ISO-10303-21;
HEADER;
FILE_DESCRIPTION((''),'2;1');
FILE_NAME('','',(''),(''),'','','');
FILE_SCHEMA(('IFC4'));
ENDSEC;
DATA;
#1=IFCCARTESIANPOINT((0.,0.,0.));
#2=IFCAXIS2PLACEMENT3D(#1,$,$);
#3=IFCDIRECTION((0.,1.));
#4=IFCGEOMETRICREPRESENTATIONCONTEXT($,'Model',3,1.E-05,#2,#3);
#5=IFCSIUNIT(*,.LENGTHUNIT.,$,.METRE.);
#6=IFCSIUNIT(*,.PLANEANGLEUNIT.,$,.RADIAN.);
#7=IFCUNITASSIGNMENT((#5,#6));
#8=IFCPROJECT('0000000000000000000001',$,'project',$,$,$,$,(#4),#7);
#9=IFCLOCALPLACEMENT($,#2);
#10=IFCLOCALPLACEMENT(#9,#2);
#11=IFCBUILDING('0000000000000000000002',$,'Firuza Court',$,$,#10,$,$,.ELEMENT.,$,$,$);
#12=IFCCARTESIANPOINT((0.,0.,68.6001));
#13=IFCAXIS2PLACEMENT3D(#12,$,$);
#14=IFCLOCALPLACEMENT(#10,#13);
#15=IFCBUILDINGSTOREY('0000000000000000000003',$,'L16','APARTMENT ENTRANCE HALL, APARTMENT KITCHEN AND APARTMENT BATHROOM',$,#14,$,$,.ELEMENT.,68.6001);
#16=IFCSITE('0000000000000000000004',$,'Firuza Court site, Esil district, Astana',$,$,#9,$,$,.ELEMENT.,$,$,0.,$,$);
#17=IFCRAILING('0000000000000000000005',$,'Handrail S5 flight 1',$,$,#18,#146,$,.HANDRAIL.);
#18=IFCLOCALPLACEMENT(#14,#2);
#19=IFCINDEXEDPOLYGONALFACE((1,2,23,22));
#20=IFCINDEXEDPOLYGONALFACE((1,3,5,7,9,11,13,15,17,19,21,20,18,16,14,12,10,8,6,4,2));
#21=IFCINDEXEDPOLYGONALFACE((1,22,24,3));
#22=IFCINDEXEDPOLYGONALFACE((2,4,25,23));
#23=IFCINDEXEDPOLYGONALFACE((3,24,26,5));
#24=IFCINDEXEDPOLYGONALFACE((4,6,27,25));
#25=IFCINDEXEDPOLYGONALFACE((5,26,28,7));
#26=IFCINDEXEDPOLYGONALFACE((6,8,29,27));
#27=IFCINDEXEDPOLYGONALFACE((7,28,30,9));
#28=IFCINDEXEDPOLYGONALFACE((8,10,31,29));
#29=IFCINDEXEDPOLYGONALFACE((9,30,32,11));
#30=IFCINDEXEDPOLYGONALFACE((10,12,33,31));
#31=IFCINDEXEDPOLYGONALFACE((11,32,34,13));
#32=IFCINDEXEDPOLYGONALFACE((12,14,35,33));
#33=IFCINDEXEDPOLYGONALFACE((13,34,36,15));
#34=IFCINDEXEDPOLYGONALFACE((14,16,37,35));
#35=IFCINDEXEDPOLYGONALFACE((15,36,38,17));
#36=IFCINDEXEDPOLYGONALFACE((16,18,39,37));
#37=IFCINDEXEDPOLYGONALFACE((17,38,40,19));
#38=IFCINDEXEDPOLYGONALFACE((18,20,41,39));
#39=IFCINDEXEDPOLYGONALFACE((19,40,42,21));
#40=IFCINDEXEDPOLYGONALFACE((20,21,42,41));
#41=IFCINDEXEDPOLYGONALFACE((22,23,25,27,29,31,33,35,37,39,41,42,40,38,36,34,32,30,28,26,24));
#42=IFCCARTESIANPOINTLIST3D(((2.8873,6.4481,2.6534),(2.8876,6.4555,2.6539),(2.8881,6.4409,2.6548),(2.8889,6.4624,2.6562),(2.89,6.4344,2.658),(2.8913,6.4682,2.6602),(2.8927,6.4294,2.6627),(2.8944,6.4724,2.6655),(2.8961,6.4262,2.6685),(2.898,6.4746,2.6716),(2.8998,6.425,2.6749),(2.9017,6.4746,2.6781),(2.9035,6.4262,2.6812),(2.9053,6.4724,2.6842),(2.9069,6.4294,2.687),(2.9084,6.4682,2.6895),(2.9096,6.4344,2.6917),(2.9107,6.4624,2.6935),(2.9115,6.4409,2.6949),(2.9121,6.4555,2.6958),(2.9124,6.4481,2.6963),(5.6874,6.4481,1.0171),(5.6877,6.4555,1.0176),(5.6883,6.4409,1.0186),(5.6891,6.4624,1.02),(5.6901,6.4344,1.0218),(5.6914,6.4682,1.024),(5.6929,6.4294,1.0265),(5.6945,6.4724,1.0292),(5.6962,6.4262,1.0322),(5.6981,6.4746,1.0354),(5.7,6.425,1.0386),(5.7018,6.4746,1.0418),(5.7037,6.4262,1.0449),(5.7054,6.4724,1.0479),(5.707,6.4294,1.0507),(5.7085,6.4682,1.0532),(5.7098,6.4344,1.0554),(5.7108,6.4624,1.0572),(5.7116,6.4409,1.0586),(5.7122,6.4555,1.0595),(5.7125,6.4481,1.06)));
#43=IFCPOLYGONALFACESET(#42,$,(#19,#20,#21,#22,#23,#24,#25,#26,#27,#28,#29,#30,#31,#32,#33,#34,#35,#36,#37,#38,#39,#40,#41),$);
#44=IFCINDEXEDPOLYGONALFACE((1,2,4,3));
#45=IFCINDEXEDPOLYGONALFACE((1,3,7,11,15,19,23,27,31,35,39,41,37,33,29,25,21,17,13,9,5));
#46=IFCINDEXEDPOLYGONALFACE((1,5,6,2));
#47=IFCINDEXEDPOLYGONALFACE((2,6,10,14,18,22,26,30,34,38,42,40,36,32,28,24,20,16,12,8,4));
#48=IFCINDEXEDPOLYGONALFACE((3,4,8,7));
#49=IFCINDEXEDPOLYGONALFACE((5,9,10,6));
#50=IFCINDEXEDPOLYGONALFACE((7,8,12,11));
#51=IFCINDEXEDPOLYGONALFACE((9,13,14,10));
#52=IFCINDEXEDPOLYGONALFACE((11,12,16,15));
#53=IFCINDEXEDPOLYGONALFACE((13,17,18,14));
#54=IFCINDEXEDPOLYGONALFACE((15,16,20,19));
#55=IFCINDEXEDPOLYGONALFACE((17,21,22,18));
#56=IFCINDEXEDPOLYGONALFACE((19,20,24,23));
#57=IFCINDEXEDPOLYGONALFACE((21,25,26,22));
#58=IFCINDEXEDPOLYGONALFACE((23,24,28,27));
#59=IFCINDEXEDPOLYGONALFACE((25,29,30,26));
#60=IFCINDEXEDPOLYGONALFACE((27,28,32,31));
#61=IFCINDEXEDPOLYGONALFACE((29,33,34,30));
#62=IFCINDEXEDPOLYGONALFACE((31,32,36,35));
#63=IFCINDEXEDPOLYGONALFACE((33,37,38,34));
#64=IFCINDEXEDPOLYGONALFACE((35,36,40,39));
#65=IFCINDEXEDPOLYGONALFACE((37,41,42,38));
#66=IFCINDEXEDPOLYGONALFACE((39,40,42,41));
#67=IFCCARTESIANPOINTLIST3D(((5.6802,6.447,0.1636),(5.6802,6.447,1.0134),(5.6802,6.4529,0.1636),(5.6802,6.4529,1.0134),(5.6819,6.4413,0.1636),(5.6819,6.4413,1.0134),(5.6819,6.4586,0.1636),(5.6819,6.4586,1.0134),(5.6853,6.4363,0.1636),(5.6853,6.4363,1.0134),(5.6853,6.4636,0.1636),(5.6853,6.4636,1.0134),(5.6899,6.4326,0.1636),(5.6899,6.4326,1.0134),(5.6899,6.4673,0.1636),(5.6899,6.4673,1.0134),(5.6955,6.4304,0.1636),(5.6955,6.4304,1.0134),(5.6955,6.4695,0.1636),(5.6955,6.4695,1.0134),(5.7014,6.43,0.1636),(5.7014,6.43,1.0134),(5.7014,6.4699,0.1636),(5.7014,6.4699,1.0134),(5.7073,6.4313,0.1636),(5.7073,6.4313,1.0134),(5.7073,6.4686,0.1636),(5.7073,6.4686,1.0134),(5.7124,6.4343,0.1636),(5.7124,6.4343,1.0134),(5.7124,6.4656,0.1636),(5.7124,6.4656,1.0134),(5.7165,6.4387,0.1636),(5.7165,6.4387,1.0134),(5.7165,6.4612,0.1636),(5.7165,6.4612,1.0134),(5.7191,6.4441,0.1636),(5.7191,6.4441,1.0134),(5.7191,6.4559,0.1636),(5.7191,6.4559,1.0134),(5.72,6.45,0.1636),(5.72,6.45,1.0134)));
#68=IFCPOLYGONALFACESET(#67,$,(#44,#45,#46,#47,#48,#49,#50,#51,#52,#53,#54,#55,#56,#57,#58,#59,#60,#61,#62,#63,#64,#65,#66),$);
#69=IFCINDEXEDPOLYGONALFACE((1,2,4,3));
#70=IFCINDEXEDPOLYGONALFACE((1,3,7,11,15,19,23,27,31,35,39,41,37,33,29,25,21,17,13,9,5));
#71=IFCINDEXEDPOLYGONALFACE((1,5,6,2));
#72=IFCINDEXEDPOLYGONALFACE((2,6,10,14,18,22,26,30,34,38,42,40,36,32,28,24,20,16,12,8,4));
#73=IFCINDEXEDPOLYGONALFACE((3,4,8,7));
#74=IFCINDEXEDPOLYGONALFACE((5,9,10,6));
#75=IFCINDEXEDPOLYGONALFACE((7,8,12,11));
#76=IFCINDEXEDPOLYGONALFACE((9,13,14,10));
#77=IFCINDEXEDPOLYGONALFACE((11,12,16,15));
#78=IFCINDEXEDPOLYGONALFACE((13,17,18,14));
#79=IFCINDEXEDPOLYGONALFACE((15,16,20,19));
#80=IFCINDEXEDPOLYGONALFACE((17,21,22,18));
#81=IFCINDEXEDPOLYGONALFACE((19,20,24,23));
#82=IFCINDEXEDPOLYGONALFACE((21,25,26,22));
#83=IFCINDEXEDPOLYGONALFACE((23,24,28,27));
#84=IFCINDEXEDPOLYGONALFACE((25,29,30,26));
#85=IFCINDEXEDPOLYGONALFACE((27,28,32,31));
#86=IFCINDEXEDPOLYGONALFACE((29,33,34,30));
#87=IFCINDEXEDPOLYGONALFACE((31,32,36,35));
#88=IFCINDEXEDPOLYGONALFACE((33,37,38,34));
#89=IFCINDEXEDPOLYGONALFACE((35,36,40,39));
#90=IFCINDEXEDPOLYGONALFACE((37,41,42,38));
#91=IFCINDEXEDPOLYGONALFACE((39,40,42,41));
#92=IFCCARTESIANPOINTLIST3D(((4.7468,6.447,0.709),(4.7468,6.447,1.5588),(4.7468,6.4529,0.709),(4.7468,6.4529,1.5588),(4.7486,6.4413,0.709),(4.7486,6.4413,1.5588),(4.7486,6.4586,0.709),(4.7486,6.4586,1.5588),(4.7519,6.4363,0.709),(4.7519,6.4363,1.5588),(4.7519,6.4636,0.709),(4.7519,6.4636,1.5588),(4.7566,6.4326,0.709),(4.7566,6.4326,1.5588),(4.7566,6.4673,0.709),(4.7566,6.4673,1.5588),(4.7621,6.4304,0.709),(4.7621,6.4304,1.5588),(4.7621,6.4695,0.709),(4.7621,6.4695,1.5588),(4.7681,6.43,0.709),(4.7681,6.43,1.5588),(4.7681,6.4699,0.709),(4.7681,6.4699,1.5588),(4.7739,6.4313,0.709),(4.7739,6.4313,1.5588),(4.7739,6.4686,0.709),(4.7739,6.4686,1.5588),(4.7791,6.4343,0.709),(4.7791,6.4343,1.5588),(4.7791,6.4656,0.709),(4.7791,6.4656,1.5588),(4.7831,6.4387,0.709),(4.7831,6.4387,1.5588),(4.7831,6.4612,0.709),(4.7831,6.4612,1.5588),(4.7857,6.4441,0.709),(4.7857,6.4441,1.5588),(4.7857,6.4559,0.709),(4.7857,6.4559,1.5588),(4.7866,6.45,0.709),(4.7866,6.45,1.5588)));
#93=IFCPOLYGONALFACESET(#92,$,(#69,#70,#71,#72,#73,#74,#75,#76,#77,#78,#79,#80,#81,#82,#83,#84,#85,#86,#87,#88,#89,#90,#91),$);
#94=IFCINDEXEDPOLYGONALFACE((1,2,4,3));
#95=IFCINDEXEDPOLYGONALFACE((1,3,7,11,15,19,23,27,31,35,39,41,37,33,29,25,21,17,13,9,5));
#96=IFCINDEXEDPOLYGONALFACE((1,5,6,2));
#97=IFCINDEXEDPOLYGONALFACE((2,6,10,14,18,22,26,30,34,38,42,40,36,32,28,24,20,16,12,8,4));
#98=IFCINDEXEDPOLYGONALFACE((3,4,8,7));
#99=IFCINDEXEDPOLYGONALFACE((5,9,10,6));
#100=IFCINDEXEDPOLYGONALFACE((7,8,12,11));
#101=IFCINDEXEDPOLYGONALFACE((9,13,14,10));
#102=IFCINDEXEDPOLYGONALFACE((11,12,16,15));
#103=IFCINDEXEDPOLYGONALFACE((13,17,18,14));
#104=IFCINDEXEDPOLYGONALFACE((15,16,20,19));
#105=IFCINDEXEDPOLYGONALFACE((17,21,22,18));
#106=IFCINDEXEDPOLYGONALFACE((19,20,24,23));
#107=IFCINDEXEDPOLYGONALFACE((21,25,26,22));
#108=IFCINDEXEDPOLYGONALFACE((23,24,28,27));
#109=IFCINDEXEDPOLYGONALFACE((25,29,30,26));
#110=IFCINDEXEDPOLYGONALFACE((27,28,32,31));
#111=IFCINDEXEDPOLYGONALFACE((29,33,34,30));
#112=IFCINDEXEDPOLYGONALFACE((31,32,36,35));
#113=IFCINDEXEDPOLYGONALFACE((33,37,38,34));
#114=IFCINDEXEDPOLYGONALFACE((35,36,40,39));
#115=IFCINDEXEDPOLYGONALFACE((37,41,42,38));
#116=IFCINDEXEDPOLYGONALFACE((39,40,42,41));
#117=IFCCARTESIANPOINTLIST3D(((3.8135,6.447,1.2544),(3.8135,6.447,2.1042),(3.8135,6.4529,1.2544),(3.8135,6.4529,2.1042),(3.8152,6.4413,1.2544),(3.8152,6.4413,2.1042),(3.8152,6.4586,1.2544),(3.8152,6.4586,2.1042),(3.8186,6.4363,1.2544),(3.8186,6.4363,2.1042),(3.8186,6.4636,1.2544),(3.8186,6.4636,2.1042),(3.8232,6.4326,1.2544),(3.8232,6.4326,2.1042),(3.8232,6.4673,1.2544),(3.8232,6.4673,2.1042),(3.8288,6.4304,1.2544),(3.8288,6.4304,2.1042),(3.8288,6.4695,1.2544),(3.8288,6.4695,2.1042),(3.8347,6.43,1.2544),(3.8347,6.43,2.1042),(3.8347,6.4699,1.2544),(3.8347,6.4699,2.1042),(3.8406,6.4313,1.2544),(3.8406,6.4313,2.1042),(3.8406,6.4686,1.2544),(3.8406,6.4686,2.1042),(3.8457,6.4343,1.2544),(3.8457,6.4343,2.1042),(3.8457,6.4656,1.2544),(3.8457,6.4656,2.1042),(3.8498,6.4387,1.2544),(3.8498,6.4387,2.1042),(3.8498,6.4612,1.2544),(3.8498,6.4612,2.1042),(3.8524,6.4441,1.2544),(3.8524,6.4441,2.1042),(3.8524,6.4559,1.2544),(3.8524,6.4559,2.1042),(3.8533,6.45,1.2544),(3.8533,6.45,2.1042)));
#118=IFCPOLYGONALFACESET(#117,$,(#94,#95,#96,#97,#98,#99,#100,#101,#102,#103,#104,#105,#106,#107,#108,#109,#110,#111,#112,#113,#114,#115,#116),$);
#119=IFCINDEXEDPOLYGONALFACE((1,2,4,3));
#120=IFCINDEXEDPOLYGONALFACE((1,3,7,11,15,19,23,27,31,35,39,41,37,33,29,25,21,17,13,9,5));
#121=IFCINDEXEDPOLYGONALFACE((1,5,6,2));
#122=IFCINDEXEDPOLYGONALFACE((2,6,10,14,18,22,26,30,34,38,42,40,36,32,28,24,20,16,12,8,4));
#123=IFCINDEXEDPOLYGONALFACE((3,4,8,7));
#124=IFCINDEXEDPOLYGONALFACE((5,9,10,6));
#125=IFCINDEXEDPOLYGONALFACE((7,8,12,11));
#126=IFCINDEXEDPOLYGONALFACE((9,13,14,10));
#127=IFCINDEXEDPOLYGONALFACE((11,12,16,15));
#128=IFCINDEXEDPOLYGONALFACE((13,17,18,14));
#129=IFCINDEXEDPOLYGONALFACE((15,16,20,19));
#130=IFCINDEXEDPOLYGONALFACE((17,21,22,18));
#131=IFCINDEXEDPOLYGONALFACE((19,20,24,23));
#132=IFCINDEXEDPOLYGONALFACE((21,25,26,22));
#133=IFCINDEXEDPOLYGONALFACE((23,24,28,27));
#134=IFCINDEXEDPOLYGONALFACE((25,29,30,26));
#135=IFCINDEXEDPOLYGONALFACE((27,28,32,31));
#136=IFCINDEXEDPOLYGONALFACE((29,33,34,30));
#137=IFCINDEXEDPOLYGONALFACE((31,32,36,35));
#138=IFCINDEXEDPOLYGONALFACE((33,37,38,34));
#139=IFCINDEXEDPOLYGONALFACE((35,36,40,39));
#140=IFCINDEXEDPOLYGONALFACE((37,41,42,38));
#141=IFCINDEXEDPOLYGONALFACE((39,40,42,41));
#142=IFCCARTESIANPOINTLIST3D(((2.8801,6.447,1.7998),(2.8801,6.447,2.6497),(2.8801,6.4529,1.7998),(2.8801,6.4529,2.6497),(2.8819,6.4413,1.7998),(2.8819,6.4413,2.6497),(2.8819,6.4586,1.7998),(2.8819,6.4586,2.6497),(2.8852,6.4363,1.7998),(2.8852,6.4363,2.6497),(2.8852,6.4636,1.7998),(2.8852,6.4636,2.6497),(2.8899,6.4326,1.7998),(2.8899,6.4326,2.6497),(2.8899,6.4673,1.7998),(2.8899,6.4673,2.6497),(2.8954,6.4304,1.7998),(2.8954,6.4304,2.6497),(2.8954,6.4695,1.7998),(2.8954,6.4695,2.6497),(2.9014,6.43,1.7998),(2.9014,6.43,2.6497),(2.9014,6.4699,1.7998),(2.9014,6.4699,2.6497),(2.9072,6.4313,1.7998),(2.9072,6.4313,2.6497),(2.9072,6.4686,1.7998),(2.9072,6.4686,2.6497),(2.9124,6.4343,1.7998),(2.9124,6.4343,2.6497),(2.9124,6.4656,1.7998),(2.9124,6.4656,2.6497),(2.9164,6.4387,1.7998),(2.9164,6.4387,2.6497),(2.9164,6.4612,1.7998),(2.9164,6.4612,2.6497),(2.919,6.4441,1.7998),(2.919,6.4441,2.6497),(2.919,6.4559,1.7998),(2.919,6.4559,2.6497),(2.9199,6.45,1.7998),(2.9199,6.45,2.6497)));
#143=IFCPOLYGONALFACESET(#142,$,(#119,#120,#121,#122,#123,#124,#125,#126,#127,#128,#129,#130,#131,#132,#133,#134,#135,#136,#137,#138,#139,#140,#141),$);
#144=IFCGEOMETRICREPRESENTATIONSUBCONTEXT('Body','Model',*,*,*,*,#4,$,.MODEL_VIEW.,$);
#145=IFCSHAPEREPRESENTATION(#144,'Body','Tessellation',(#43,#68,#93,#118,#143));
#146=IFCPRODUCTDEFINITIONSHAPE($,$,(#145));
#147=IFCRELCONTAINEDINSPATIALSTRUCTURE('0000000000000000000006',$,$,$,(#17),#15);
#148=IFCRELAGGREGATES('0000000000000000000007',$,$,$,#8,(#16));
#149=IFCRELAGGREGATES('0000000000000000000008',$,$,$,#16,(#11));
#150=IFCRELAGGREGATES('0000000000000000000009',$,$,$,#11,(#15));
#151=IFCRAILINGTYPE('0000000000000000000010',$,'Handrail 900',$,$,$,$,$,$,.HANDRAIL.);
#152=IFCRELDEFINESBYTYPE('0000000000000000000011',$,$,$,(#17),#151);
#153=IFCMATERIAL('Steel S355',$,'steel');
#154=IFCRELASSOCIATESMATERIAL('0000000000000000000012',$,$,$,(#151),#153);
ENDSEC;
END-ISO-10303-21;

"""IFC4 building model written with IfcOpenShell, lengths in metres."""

from ifc_helpers import new_model, si_unit, direction, frame, origin, origin_2d, place, context, subcontext, project, spatial, circle, extrude, material, type_object, element, save


model = new_model("IFC4")

# Units and contexts
model_context = context("Model", 3, precision=1e-05, world=origin(), true_north=direction((0.0, 1.0)))
body_context = subcontext(model_context, "Body", "Model", "MODEL_VIEW")
ifc_project = project(units=[si_unit("LENGTHUNIT", "METRE"), si_unit("PLANEANGLEUNIT", "RADIAN")], contexts=[model_context])

# Site, building, storey
site_placement = place(None, origin())
site = spatial("IfcSite", under=ifc_project, at=site_placement, Name="Firuza Court site, Esil district, Astana", CompositionType="ELEMENT", RefElevation=0.0)
building_placement = place(site_placement, origin())
building = spatial("IfcBuilding", under=site, at=building_placement, Name="Firuza Court", CompositionType="ELEMENT")
storey_placement = place(building_placement, frame((0.0, 0.0, 68.6001)))
storey = spatial("IfcBuildingStorey", under=building, at=storey_placement, Name="L16", Description="APARTMENT ENTRANCE HALL, APARTMENT KITCHEN AND APARTMENT BATHROOM", CompositionType="ELEMENT", Elevation=68.6001)

# Railing
ifc_material_1 = material(Name="Steel S355", Category="steel")
railing_type_1 = type_object("IfcRailingType", Name="Handrail 900", PredefinedType="HANDRAIL", material=ifc_material_1)
railing_1_placement = place(storey_placement, frame((5.7, 6.45, 0.1636)))
element("IfcRailing", 1, at=railing_1_placement, inside=storey, type_object=railing_type_1, Name="Handrail S5 flight 1", PredefinedType="HANDRAIL", context=body_context, shape_type="SweptSolid", body=[
    extrude(circle(Radius=0.0249, at=origin_2d()), frame((0.0, 0.0, 0.875), z_axis=(-0.863394, 0.0, 0.504531), x_axis=(0.0, -1.0, 0.0)), (0.0, 0.0, 1.0), 3.2432),
    extrude(circle(Radius=0.02, at=origin_2d()), origin(), (0.0, 0.0, 1.0), 0.8499),
    extrude(circle(Radius=0.02, at=origin_2d()), frame((-0.9333, 0.0, 0.5454)), (0.0, 0.0, 1.0), 0.8499),
    extrude(circle(Radius=0.02, at=origin_2d()), frame((-1.8667, 0.0, 1.0908)), (0.0, 0.0, 1.0), 0.8499),
    extrude(circle(Radius=0.02, at=origin_2d()), frame((-2.8, 0.0, 1.6362)), (0.0, 0.0, 1.0), 0.8499),
])

save(model, "model.ifc")
